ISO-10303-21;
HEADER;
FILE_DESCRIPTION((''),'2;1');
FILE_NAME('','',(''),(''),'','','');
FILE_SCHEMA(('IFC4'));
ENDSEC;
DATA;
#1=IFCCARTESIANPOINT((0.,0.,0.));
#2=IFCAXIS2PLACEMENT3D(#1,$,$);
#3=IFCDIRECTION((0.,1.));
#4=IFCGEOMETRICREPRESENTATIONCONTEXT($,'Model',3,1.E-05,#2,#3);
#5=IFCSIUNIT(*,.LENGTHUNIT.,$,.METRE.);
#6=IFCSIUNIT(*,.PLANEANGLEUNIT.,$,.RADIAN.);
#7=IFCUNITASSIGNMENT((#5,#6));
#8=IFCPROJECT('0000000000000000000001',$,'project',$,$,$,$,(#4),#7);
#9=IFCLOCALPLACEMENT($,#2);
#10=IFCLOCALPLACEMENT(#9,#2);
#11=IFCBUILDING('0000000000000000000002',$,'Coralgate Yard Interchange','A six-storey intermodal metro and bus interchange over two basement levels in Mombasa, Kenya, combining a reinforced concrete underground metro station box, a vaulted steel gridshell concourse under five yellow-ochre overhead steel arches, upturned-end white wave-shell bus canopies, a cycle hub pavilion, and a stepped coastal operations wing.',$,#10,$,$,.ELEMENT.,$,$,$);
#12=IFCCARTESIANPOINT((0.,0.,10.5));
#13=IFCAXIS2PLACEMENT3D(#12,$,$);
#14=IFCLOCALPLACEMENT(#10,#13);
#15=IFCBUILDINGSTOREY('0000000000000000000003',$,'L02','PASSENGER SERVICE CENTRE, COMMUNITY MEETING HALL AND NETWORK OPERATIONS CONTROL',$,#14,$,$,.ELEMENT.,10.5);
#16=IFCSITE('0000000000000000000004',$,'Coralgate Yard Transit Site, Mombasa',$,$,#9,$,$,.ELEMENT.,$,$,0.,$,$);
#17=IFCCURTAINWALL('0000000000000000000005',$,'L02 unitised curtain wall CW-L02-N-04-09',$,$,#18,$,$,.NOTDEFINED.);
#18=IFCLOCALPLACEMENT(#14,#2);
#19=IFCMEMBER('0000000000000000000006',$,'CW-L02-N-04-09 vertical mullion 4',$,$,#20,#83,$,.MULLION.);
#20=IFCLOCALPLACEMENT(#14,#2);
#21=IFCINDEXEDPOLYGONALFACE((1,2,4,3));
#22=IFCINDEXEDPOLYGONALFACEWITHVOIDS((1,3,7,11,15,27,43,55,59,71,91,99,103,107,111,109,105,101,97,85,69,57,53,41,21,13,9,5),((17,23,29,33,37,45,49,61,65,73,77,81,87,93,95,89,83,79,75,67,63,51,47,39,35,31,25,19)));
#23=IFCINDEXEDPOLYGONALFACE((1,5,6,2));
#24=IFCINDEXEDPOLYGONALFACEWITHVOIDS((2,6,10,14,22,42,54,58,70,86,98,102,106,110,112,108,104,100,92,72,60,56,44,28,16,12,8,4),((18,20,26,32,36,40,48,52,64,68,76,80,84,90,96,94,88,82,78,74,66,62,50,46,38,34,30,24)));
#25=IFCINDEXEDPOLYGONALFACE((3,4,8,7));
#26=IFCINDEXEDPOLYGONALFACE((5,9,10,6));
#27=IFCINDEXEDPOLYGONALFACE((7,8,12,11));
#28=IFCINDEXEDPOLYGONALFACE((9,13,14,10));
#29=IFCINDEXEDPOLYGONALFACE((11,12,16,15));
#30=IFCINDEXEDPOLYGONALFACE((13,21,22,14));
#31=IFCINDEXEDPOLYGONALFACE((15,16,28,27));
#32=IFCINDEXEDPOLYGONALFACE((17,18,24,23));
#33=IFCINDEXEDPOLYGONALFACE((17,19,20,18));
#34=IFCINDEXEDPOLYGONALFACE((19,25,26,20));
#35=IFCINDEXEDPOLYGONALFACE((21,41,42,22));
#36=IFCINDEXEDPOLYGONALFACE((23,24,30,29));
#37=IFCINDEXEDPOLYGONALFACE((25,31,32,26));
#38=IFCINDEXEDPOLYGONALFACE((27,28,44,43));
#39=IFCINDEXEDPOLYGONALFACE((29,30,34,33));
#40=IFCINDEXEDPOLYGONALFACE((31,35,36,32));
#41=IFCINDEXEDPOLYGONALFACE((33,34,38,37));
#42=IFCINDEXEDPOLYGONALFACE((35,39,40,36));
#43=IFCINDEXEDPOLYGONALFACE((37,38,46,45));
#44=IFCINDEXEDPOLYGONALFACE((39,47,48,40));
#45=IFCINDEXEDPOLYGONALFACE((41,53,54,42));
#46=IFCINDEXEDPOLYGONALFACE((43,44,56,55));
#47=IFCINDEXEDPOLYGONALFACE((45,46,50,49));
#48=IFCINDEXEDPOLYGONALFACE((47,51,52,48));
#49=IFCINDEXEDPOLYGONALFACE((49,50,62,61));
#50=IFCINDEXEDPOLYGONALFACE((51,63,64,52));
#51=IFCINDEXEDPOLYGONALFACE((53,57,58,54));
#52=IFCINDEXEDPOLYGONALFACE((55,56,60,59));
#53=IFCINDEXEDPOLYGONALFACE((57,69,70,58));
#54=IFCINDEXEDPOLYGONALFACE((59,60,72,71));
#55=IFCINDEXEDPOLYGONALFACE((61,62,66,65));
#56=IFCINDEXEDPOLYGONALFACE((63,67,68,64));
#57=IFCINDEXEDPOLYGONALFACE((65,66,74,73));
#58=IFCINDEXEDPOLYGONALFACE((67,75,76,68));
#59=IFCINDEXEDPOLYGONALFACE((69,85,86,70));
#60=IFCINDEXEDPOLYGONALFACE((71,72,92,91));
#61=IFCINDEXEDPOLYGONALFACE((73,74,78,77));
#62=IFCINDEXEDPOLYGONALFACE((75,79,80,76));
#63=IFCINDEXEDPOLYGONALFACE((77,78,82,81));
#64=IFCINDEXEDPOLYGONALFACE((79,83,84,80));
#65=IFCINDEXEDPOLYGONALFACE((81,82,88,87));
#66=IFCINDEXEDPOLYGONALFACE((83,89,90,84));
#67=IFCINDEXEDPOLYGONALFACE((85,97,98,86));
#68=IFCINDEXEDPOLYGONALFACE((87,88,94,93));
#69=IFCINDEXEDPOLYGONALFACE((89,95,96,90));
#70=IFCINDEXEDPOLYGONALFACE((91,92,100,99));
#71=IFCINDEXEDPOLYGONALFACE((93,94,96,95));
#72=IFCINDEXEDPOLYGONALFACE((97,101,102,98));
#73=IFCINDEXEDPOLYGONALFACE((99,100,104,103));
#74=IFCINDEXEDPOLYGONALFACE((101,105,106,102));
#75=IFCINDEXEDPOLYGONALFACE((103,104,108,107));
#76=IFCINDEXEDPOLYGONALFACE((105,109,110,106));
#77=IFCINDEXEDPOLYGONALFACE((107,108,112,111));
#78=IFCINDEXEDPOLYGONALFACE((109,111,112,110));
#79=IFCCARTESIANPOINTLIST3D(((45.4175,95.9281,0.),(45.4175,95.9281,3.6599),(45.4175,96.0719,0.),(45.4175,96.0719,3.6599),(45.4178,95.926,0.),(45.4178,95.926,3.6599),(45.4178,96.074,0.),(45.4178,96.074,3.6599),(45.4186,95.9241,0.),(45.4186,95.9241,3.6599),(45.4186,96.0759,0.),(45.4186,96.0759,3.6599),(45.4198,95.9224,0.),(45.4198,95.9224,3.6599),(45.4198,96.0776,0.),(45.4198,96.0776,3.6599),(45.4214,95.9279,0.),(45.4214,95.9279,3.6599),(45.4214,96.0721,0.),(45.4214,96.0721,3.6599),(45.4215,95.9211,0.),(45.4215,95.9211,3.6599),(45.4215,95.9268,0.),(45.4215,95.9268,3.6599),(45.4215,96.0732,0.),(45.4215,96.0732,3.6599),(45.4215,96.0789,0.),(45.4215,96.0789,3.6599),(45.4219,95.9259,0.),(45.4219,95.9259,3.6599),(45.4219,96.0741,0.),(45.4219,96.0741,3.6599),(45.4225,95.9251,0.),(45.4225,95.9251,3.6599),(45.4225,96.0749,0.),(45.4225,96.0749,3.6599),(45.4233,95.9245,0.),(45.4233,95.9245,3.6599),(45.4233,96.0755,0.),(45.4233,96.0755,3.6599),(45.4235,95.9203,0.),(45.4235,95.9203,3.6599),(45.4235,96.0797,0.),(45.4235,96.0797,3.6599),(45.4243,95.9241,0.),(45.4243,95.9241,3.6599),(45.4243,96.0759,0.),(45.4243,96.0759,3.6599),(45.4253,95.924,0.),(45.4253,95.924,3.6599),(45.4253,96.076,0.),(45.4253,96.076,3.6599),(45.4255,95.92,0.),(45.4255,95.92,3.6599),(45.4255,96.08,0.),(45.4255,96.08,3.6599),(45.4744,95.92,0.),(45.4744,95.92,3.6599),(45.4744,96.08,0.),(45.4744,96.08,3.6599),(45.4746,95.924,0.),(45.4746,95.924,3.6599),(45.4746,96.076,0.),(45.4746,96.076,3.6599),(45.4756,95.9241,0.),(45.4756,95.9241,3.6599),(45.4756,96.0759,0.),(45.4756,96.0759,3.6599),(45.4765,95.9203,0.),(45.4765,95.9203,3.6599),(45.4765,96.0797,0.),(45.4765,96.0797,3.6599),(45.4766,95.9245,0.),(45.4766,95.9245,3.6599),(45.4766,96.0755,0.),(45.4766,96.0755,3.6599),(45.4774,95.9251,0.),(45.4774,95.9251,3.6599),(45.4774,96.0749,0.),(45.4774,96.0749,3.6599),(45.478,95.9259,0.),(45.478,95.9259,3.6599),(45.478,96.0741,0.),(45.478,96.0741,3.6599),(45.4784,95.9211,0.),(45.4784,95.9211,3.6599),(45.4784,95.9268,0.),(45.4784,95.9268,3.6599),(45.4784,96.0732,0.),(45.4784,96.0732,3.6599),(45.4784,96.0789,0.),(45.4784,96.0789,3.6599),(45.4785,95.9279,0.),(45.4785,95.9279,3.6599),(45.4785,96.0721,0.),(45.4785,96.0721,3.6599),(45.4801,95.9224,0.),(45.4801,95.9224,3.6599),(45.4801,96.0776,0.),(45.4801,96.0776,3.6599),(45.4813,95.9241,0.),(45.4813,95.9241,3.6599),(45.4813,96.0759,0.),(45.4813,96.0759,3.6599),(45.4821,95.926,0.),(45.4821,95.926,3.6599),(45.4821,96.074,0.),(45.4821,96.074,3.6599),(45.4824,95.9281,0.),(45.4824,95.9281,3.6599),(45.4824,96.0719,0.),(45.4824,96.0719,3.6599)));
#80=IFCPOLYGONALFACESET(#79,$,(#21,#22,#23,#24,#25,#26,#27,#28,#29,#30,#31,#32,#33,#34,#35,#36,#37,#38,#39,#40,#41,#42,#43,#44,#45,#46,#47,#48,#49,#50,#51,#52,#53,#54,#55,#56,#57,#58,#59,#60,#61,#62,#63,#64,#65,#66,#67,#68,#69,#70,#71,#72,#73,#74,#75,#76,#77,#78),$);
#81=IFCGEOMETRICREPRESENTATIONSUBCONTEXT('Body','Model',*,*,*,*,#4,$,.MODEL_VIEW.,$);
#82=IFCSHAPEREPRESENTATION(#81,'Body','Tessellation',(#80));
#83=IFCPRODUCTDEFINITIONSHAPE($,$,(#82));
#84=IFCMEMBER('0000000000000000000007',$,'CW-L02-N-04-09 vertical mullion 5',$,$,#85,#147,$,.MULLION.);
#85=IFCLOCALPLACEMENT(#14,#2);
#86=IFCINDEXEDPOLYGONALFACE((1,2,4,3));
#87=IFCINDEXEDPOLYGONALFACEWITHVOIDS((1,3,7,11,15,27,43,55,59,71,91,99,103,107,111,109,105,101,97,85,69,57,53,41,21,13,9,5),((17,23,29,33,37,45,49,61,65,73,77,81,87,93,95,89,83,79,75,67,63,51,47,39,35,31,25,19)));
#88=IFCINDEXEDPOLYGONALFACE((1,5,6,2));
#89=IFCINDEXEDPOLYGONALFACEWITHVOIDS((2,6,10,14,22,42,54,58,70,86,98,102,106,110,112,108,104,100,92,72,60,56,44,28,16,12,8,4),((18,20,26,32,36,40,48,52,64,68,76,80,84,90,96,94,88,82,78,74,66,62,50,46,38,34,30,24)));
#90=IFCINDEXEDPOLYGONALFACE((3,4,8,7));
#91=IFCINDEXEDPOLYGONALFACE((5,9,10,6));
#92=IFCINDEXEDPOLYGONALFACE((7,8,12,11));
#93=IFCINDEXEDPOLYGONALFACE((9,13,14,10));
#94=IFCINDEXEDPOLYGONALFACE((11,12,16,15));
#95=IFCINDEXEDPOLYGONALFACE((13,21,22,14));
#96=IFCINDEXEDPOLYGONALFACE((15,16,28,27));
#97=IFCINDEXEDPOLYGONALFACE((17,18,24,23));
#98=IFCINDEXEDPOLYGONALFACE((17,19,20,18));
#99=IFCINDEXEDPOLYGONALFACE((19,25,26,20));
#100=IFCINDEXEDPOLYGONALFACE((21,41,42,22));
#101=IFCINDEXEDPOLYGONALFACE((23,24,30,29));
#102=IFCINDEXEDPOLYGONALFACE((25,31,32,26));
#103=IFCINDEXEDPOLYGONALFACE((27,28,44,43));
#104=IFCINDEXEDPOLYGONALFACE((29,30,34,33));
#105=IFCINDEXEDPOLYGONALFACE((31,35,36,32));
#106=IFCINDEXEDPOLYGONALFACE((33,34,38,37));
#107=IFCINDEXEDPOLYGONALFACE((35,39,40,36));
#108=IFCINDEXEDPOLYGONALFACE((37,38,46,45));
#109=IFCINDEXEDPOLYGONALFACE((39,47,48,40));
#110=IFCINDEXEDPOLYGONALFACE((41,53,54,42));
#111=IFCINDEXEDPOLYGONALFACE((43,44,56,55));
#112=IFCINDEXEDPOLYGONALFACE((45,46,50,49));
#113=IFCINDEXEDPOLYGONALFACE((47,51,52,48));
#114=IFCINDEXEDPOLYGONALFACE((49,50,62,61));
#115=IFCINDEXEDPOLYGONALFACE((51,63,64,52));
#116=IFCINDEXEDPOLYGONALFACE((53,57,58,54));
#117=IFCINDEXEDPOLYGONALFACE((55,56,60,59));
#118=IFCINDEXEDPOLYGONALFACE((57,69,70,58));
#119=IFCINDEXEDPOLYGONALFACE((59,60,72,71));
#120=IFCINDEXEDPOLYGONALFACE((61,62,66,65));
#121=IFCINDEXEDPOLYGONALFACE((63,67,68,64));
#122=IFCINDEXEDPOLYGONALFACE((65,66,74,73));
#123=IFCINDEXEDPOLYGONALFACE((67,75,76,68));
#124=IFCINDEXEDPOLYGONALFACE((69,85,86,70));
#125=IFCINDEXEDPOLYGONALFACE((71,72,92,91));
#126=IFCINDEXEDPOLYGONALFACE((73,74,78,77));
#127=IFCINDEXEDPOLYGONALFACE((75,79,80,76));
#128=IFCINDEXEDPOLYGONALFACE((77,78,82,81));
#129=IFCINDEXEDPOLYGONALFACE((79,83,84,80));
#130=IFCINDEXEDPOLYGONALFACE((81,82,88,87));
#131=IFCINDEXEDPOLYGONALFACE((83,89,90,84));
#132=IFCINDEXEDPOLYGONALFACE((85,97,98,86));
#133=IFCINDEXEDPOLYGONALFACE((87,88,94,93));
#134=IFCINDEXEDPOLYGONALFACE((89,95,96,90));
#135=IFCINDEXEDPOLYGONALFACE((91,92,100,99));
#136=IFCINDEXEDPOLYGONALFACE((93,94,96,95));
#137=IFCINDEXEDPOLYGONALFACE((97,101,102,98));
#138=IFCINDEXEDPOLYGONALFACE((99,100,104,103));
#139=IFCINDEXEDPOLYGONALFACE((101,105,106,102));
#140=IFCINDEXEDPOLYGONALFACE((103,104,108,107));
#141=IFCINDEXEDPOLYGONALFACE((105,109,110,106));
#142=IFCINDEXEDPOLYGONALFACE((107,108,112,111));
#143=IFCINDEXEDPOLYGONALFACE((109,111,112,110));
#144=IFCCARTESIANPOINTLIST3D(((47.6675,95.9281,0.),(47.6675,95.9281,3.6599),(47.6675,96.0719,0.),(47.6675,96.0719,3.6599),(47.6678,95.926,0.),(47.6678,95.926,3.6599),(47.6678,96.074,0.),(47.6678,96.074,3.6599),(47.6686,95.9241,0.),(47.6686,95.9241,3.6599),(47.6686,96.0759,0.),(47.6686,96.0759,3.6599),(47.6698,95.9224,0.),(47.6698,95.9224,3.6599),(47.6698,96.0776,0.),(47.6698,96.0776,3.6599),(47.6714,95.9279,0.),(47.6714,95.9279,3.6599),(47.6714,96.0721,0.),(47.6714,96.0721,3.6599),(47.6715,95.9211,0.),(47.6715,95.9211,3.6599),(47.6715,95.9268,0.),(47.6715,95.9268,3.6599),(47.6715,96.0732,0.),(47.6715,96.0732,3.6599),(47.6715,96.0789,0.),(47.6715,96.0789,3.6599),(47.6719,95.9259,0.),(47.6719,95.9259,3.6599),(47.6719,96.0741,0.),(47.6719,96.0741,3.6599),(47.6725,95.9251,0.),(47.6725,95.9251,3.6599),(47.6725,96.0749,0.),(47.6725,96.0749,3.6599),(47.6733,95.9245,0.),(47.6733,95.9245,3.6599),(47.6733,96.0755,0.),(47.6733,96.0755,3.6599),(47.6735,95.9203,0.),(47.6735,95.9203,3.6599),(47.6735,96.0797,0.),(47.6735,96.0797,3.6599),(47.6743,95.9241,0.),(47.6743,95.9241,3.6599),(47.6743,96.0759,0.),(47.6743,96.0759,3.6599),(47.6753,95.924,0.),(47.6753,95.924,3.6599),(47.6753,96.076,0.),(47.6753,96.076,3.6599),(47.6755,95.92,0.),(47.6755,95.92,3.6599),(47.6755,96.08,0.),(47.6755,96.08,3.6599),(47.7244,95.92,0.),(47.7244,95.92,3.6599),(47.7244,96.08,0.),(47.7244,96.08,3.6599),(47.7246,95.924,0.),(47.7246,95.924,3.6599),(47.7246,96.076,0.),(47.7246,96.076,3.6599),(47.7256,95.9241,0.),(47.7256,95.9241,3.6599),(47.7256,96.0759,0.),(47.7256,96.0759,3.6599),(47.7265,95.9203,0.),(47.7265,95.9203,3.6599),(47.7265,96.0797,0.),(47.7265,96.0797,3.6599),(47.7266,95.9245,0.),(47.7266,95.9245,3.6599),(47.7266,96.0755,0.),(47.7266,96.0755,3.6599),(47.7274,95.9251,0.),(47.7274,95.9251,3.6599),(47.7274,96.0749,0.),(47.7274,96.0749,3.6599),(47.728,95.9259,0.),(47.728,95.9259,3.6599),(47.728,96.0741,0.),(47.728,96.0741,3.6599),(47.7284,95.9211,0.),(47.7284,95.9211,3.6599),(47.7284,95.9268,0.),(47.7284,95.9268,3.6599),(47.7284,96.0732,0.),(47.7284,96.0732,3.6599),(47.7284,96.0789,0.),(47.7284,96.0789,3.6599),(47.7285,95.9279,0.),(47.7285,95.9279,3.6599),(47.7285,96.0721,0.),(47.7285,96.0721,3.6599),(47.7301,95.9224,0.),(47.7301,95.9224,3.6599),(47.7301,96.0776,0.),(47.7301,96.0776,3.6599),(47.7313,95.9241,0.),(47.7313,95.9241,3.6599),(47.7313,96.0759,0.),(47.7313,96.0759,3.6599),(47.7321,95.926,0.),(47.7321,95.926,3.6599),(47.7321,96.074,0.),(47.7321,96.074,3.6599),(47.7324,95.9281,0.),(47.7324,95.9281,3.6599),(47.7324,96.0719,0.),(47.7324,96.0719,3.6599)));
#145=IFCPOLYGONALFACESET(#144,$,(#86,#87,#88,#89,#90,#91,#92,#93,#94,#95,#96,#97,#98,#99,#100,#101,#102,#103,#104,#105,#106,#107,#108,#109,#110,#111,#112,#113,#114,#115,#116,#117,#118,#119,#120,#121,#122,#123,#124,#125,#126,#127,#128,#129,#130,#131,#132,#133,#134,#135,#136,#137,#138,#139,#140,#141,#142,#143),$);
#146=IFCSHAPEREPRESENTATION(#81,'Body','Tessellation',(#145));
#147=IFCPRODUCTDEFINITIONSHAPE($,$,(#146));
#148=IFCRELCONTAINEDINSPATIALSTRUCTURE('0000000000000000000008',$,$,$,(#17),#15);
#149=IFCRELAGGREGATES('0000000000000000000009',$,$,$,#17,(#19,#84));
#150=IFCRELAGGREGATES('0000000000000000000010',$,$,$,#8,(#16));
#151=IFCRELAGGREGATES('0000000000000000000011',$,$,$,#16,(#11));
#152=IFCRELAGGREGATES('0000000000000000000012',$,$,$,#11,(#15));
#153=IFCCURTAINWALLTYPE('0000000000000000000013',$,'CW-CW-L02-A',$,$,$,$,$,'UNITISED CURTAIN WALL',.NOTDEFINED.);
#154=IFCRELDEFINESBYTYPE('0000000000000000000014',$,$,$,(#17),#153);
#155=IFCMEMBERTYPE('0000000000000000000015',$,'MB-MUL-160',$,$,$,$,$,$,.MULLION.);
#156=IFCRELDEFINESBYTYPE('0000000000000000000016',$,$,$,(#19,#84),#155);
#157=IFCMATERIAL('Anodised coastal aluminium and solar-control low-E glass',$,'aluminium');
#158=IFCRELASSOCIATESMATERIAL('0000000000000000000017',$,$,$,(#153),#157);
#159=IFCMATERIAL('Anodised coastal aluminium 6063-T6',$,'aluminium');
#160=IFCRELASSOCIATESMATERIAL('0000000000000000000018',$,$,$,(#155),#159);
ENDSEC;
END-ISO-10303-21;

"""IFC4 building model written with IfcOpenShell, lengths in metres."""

from ifc_helpers import new_model, si_unit, direction, frame, origin, origin_2d, place, context, subcontext, project, spatial, hollow_rectangle, extrude, material, material_profile, profile_set, type_object, element, aggregate, save


model = new_model("IFC4")

# Units and contexts
model_context = context("Model", 3, precision=1e-05, world=origin(), true_north=direction((0.0, 1.0)))
body_context = subcontext(model_context, "Body", "Model", "MODEL_VIEW")
ifc_project = project(units=[si_unit("LENGTHUNIT", "METRE"), si_unit("PLANEANGLEUNIT", "RADIAN")], contexts=[model_context])

# Site, building, storey
site_placement = place(None, origin())
site = spatial("IfcSite", under=ifc_project, at=site_placement, Name="Coralgate Yard Transit Site, Mombasa", CompositionType="ELEMENT", RefElevation=0.0)
building_placement = place(site_placement, origin())
building = spatial("IfcBuilding", under=site, at=building_placement, Name="Coralgate Yard Interchange", Description="A six-storey intermodal metro and bus interchange over two basement levels in Mombasa, Kenya, combining a reinforced concrete underground metro station box, a vaulted steel gridshell concourse under five yellow-ochre overhead steel arches, upturned-end white wave-shell bus canopies, a cycle hub pavilion, and a stepped coastal operations wing.", CompositionType="ELEMENT")
storey_placement = place(building_placement, frame((0.0, 0.0, 10.5)))
storey = spatial("IfcBuildingStorey", under=building, at=storey_placement, Name="L02", Description="PASSENGER SERVICE CENTRE, COMMUNITY MEETING HALL AND NETWORK OPERATIONS CONTROL", CompositionType="ELEMENT", Elevation=10.5)

# Curtain wall, members
ifc_material_1 = material(Name="Anodised coastal aluminium and solar-control low-E glass", Category="aluminium")
curtain_wall_type = type_object("IfcCurtainWallType", Name="CW-CW-L02-A", ElementType="UNITISED CURTAIN WALL", PredefinedType="NOTDEFINED", material=ifc_material_1)
curtain_wall_placement = place(storey_placement, origin())
curtain_wall = element("IfcCurtainWall", 1, at=curtain_wall_placement, inside=storey, type_object=curtain_wall_type, Name="L02 unitised curtain wall CW-L02-N-04-09", PredefinedType="NOTDEFINED")
ifc_material_2 = material(Name="Anodised coastal aluminium 6063-T6", Category="aluminium")
ifc_material_profile_1 = material_profile(ifc_material_2, hollow_rectangle(XDim=0.0649, YDim=0.1599, WallThickness=0.0039, InnerFilletRadius=0.0039, OuterFilletRadius=0.0081, at=origin_2d()), Name="ALU 65x160x4")
ifc_profile_set_1 = profile_set([ifc_material_profile_1], Name="Anodised coastal aluminium 6063-T6")
member_type_1 = type_object("IfcMemberType", Name="MB-MUL-160", PredefinedType="MULLION", material=ifc_profile_set_1)
member_1_placement = place(storey_placement, frame((45.45, 96.0, 0.0), z_axis=(0.0, 0.0, 1.0), x_axis=(1.0, 0.0, 0.0)))
member_1 = element("IfcMember", 2, at=member_1_placement, type_object=member_type_1, Name="CW-L02-N-04-09 vertical mullion 4", PredefinedType="MULLION", context=body_context, shape_type="SweptSolid", body=[
    extrude(hollow_rectangle(XDim=0.0649, YDim=0.1599, WallThickness=0.0039, InnerFilletRadius=0.0039, OuterFilletRadius=0.0081, at=origin_2d()), origin(), (0.0, 0.0, 1.0), 3.6599),
])
member_2_placement = place(storey_placement, frame((47.7, 96.0, 0.0), z_axis=(0.0, 0.0, 1.0), x_axis=(1.0, 0.0, 0.0)))
member_2 = element("IfcMember", 3, at=member_2_placement, type_object=member_type_1, Name="CW-L02-N-04-09 vertical mullion 5", PredefinedType="MULLION", context=body_context, shape_type="SweptSolid", body=[
    extrude(hollow_rectangle(XDim=0.0649, YDim=0.1599, WallThickness=0.0039, InnerFilletRadius=0.0039, OuterFilletRadius=0.0081, at=origin_2d()), origin(), (0.0, 0.0, 1.0), 3.6599),
])
aggregate(curtain_wall, [member_1, member_2])

save(model, "model.ifc")
